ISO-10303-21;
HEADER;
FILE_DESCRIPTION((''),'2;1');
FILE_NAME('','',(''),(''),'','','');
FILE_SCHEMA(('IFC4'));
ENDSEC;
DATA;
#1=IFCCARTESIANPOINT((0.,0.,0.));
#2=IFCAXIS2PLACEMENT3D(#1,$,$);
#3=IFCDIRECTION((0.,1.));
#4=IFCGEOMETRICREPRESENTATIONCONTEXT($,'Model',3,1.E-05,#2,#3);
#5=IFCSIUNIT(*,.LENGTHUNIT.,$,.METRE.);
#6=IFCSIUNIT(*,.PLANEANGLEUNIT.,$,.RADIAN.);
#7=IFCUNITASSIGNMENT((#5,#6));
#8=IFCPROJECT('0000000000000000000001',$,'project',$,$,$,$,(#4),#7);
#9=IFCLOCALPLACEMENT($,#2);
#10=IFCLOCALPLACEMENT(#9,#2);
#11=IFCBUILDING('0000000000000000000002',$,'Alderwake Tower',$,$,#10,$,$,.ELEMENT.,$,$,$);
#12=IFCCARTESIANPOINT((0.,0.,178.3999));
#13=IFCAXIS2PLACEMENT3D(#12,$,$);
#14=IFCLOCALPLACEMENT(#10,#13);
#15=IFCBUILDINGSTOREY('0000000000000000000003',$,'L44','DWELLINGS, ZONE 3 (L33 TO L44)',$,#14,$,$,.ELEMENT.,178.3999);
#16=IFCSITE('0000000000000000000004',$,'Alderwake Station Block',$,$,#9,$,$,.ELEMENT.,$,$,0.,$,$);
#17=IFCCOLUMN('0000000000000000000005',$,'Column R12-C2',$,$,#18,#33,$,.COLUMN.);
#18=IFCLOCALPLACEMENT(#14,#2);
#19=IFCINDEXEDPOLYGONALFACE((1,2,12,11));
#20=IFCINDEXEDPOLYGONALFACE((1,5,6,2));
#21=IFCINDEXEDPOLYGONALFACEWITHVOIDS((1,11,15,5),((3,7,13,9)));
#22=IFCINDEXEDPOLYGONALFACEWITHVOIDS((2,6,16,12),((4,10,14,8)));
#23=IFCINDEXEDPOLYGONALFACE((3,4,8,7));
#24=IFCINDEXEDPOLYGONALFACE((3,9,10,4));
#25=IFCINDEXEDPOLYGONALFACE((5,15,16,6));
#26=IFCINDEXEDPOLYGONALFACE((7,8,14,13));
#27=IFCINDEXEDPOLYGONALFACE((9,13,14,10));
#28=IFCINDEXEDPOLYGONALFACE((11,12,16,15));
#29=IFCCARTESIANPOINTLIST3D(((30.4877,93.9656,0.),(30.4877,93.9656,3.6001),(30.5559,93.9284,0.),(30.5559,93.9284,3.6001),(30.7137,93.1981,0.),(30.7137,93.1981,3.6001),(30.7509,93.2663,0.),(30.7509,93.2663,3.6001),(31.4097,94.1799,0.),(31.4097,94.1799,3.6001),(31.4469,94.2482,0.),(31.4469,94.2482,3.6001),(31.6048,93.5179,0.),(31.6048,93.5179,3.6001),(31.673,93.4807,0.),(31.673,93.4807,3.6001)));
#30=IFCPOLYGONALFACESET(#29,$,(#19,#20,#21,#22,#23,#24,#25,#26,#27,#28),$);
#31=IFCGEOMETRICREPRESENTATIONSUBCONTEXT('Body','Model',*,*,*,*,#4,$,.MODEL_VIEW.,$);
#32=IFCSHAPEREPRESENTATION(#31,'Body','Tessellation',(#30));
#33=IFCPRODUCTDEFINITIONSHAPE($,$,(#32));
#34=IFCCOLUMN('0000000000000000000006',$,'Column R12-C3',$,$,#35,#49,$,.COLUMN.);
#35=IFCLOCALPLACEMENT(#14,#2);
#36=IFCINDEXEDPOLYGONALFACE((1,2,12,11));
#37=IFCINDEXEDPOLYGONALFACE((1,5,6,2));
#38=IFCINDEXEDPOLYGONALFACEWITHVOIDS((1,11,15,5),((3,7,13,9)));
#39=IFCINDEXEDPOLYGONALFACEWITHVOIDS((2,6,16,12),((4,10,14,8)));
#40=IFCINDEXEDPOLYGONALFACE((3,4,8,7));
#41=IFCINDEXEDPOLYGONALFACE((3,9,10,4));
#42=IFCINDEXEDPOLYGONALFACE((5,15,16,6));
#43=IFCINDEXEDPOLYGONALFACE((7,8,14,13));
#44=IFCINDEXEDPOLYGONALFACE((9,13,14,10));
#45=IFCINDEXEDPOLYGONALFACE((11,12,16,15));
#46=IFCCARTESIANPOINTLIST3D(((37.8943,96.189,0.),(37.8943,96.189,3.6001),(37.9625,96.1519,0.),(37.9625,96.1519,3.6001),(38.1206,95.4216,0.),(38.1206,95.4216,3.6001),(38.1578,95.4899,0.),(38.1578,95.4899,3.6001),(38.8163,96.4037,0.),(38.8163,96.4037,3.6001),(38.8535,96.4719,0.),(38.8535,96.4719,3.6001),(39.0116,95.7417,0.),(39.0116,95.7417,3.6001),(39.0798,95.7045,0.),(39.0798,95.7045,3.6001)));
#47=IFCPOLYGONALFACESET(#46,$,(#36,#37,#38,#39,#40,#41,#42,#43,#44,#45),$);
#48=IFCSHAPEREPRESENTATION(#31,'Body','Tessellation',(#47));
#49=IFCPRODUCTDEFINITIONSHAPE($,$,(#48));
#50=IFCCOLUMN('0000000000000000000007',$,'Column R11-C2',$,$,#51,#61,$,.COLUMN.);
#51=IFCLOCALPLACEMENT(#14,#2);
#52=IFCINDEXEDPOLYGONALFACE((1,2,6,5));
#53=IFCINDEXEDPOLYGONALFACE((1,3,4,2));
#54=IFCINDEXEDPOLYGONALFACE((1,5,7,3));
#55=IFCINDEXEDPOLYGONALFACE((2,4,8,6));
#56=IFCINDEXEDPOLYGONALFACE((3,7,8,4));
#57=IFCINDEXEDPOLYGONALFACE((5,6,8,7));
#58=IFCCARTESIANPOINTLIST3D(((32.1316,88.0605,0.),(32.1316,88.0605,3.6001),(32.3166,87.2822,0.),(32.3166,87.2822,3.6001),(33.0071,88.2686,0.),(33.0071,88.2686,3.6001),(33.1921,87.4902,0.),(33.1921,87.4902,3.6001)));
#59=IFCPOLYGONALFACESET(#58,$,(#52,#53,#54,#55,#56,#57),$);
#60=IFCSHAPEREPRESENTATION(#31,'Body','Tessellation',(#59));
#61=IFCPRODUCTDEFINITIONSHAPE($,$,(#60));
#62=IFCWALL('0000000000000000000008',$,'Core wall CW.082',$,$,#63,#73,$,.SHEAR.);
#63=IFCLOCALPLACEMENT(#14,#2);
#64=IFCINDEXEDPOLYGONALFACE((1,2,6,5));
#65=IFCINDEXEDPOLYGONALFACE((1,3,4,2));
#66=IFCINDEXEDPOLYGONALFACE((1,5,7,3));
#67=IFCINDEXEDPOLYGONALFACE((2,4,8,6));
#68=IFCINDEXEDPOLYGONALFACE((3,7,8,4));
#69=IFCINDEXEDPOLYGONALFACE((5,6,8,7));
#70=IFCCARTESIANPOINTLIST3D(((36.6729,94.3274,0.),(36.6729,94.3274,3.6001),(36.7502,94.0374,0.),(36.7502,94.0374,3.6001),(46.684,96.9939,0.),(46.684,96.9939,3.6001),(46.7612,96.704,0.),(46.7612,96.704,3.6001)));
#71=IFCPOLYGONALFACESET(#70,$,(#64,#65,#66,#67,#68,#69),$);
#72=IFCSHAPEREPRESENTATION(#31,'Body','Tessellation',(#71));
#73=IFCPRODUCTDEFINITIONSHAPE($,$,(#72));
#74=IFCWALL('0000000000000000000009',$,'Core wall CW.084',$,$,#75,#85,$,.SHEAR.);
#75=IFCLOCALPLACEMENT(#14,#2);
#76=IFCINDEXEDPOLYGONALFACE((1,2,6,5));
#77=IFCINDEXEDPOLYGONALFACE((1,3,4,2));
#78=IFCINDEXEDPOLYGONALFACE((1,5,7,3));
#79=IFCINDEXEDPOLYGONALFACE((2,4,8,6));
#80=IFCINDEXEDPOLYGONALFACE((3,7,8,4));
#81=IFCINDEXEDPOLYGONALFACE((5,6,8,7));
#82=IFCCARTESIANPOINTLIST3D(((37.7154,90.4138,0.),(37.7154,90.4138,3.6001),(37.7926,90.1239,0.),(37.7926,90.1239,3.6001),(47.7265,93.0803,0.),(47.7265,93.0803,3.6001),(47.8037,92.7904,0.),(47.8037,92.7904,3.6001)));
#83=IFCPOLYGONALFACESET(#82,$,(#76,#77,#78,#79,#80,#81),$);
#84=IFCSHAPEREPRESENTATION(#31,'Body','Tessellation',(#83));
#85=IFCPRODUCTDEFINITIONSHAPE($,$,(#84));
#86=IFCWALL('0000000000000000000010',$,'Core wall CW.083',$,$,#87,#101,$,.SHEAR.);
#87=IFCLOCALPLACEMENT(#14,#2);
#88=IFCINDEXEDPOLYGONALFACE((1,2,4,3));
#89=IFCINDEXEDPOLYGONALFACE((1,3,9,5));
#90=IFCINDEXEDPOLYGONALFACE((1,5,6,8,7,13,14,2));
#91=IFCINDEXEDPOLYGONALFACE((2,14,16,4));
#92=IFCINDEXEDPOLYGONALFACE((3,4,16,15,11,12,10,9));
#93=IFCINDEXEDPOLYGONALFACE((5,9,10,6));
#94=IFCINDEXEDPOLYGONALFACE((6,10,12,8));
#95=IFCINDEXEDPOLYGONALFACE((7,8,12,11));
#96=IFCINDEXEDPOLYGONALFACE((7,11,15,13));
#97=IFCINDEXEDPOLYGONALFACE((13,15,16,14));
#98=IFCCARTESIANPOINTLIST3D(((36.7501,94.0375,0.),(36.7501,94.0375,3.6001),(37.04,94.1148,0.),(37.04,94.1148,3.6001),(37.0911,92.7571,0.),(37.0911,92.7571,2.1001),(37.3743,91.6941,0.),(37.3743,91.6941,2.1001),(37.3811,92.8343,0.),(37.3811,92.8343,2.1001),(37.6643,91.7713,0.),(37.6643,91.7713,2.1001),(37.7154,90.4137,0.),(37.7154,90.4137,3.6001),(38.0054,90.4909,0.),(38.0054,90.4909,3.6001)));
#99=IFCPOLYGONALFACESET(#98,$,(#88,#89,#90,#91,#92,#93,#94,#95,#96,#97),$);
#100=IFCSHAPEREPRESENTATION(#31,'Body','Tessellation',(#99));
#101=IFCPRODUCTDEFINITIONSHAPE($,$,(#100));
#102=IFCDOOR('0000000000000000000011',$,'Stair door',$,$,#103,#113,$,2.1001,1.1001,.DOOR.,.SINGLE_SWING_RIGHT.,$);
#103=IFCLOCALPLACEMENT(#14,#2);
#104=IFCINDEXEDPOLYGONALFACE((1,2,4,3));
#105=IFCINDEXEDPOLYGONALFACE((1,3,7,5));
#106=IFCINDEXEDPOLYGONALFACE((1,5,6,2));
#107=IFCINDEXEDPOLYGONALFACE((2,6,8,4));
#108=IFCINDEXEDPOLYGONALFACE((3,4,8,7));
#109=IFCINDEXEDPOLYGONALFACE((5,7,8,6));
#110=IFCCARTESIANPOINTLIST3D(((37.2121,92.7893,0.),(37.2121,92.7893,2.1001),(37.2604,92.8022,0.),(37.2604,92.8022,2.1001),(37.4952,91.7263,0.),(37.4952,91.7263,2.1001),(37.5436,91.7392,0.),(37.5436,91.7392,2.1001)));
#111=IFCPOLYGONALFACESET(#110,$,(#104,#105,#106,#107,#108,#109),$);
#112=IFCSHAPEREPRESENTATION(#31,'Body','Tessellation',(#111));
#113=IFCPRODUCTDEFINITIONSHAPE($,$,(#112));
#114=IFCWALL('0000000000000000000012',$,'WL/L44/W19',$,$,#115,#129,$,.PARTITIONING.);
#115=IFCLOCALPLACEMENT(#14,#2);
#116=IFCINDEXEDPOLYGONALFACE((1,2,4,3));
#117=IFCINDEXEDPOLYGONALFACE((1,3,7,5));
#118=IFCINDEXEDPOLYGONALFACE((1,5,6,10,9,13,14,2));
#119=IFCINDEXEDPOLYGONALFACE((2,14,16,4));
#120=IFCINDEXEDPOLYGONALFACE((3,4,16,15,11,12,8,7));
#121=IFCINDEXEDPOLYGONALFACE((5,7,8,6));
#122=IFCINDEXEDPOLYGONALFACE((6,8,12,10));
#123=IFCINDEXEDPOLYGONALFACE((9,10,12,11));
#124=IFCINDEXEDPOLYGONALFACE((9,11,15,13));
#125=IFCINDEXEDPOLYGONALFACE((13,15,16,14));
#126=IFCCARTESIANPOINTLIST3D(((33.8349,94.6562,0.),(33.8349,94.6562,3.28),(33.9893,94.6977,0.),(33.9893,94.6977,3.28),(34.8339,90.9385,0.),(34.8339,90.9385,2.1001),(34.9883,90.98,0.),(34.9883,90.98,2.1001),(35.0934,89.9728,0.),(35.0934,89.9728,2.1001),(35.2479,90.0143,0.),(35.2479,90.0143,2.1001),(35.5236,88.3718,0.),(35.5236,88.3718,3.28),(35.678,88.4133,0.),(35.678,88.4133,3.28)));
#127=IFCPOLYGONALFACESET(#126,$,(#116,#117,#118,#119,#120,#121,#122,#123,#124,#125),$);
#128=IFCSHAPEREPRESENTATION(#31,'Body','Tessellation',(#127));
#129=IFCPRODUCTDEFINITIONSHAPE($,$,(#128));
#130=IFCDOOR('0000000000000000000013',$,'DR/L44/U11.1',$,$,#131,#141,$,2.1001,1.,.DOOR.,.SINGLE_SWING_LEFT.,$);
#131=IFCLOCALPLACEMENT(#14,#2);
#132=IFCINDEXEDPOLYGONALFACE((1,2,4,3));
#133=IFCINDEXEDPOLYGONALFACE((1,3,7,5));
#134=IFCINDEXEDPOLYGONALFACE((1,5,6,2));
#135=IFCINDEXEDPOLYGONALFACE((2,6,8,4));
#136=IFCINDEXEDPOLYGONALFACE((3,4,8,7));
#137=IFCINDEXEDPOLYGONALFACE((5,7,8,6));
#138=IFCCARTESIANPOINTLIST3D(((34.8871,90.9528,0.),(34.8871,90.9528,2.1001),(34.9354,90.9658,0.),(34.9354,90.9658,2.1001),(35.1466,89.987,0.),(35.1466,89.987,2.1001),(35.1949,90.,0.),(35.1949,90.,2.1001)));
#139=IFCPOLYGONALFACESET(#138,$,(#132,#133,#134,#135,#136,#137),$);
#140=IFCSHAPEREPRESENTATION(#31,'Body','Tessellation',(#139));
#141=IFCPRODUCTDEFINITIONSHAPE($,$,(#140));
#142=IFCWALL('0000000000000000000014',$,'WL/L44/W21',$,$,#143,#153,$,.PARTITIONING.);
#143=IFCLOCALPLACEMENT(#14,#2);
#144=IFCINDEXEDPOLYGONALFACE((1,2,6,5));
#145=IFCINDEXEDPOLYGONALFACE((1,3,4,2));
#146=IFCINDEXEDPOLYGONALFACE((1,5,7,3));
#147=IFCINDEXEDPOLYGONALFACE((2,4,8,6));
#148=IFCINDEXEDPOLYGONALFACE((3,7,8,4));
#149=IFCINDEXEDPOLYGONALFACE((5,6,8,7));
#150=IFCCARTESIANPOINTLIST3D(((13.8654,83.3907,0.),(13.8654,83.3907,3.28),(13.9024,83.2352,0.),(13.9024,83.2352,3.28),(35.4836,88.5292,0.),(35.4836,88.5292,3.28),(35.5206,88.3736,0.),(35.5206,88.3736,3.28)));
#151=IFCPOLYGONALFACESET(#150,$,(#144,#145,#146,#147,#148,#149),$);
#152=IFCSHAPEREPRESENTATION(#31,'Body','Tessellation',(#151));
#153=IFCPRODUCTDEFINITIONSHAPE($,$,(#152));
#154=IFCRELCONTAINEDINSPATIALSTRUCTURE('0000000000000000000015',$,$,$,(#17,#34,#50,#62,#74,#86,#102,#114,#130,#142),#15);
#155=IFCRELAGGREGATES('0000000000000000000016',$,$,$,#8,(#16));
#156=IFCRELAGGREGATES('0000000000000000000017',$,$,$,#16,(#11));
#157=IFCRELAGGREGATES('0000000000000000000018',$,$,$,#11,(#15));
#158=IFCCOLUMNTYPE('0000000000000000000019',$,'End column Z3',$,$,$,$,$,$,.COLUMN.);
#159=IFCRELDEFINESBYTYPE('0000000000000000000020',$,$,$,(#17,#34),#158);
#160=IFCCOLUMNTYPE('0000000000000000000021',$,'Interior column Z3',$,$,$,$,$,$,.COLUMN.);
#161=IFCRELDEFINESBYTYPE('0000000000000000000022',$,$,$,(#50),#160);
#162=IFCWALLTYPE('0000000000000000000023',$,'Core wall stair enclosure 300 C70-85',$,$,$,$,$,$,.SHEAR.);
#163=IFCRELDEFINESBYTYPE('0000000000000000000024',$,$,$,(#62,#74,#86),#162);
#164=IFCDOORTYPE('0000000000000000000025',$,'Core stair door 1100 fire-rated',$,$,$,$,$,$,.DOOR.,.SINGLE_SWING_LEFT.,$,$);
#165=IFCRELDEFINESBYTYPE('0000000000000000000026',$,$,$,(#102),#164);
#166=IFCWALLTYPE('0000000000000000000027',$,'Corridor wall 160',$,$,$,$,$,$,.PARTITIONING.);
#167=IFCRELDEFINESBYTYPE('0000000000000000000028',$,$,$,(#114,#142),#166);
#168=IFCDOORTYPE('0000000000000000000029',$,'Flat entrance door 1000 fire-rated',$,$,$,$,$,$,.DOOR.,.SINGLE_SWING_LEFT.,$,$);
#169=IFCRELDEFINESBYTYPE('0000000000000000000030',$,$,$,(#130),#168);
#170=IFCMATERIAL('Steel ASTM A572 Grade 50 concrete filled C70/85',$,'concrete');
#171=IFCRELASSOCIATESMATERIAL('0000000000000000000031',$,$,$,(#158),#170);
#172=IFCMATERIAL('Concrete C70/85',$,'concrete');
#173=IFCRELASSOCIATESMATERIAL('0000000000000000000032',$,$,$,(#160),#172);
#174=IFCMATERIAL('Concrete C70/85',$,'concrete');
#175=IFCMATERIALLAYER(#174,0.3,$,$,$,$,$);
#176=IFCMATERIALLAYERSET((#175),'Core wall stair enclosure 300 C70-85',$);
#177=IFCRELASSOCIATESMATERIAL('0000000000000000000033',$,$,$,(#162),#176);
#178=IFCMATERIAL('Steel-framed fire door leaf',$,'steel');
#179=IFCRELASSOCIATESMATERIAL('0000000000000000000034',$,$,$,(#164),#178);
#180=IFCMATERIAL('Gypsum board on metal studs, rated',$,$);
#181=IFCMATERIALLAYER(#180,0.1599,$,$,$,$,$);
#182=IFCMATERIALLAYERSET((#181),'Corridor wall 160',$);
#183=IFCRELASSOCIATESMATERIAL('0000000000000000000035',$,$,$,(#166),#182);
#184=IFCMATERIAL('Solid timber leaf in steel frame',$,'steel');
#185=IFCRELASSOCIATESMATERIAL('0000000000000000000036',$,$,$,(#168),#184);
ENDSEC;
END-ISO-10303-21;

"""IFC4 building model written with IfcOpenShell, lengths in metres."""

from ifc_helpers import new_model, si_unit, direction, frame, frame_2d, origin, origin_2d, place, context, subcontext, project, spatial, rectangle, hollow_rectangle, extrude, material, layer, layer_set, material_profile, profile_set, type_object, element, fill, save


model = new_model("IFC4")

# Units and contexts
model_context = context("Model", 3, precision=1e-05, world=origin(), true_north=direction((0.0, 1.0)))
body_context = subcontext(model_context, "Body", "Model", "MODEL_VIEW")
ifc_project = project(units=[si_unit("LENGTHUNIT", "METRE"), si_unit("PLANEANGLEUNIT", "RADIAN")], contexts=[model_context])

# Site, building, storey
site_placement = place(None, origin())
site = spatial("IfcSite", under=ifc_project, at=site_placement, Name="Alderwake Station Block", CompositionType="ELEMENT", RefElevation=0.0)
building_placement = place(site_placement, origin())
building = spatial("IfcBuilding", under=site, at=building_placement, Name="Alderwake Tower", CompositionType="ELEMENT")
storey_placement = place(building_placement, frame((0.0, 0.0, 178.3999)))
storey = spatial("IfcBuildingStorey", under=building, at=storey_placement, Name="L44", Description="DWELLINGS, ZONE 3 (L33 TO L44)", CompositionType="ELEMENT", Elevation=178.3999)

# Columns
ifc_material_1 = material(Name="Steel ASTM A572 Grade 50 concrete filled C70/85", Category="concrete")
ifc_material_profile_1 = material_profile(ifc_material_1, hollow_rectangle(XDim=0.8, YDim=1.0, WallThickness=0.0549, at=origin_2d()), Name="BOX 1000X800X55")
ifc_profile_set_1 = profile_set([ifc_material_profile_1], Name="Steel ASTM A572 Grade 50 concrete filled C70/85")
column_type_1 = type_object("IfcColumnType", Name="End column Z3", PredefinedType="COLUMN", material=ifc_profile_set_1)
for number, where, z_axis, x_axis, name in (
    (1, (31.0803, 93.7231, 0.0), (0.0, 0.0, 1.0), (-0.282583, 0.959243, 0.0), "Column R12-C2"),
    (2, (38.4871, 95.9468, 0.0), (0.0, 0.0, 1.0), (-0.282894, 0.959151, 0.0), "Column R12-C3"),
):
    element("IfcColumn", number, at=place(storey_placement, frame(where, z_axis=z_axis, x_axis=x_axis)), inside=storey, type_object=column_type_1, Name=name, PredefinedType="COLUMN", context=body_context, shape_type="SweptSolid", body=[
        extrude(hollow_rectangle(XDim=0.8, YDim=1.0, WallThickness=0.0549, at=origin_2d()), origin(), (0.0, 0.0, 1.0), 3.6001),
    ])
ifc_material_2 = material(Name="Concrete C70/85", Category="concrete")
ifc_material_profile_2 = material_profile(ifc_material_2, rectangle(XDim=0.8, YDim=0.8999, at=origin_2d()), Name="RC 900X800")
ifc_profile_set_2 = profile_set([ifc_material_profile_2], Name="Concrete C70/85")
column_type_2 = type_object("IfcColumnType", Name="Interior column Z3", PredefinedType="COLUMN", material=ifc_profile_set_2)
column_placement = place(storey_placement, frame((32.6619, 87.7754, 0.0), z_axis=(0.0, 0.0, 1.0), x_axis=(-0.231222, 0.972901, 0.0)))
element("IfcColumn", 3, at=column_placement, inside=storey, type_object=column_type_2, Name="Column R11-C2", PredefinedType="COLUMN", context=body_context, shape_type="SweptSolid", body=[
    extrude(rectangle(XDim=0.8, YDim=0.8999, at=origin_2d()), origin(), (0.0, 0.0, 1.0), 3.6001),
])

# Walls
ifc_material_3 = material(Name="Concrete C70/85", Category="concrete")
ifc_layer_1 = layer(ifc_material_3, 0.3)
ifc_layer_set_1 = layer_set([ifc_layer_1], Name="Core wall stair enclosure 300 C70-85")
wall_type_1 = type_object("IfcWallType", Name="Core wall stair enclosure 300 C70-85", PredefinedType="SHEAR", material=ifc_layer_set_1)
for number, where, z_axis, x_axis, name in (
    (4, (36.7114, 94.1824, 0.0), (0.0, 0.0, 1.0), (0.966309, 0.257384, 0.0), "Core wall CW.082"),
    (5, (37.7539, 90.2688, 0.0), (0.0, 0.0, 1.0), (0.966309, 0.257384, 0.0), "Core wall CW.084"),
):
    element("IfcWall", number, at=place(storey_placement, frame(where, z_axis=z_axis, x_axis=x_axis)), inside=storey, type_object=wall_type_1, Name=name, PredefinedType="SHEAR", context=body_context, shape_type="SweptSolid", body=[
        extrude(rectangle(XDim=10.3601, YDim=0.3, at=frame_2d((5.1802, 0.0))), origin(), (0.0, 0.0, 1.0), 3.6001),
    ])

# Walls, openings, doors
wall_1_placement = place(storey_placement, frame((37.8604, 90.4524, 0.0), z_axis=(0.0, 0.0, 1.0), x_axis=(-0.257411, 0.966302, 0.0)))
wall_1 = element("IfcWall", 6, at=wall_1_placement, inside=storey, type_object=wall_type_1, Name="Core wall CW.083", PredefinedType="SHEAR", context=body_context, shape_type="SweptSolid", body=[
    extrude(rectangle(XDim=3.7502, YDim=0.3, at=frame_2d((1.875, 0.0))), origin(), (0.0, 0.0, 1.0), 3.6001),
])
opening_1_placement = place(wall_1_placement, frame((1.325, 0.0, 0.0)))
opening_1 = element("IfcOpeningElement", 7, at=opening_1_placement, cuts=wall_1, PredefinedType="OPENING", context=body_context, shape_type="SweptSolid", body=[
    extrude(rectangle(XDim=1.1001, YDim=2.1001, at=frame_2d((0.55, 1.05))), frame((0.0, 0.1599, 0.0), z_axis=(0.0, -1.0, 0.0), x_axis=(1.0, 0.0, 0.0)), (0.0, 0.0, 1.0), 0.3201),
])
ifc_material_4 = material(Name="Steel-framed fire door leaf", Category="steel")
door_type_1 = type_object("IfcDoorType", Name="Core stair door 1100 fire-rated", OperationType="SINGLE_SWING_LEFT", PredefinedType="DOOR", material=ifc_material_4)
door_1_placement = place(opening_1_placement, origin())
door_1 = element("IfcDoor", 8, at=door_1_placement, inside=storey, type_object=door_type_1, Name="Stair door", OperationType="SINGLE_SWING_RIGHT", OverallHeight=2.1001, OverallWidth=1.1001, PredefinedType="DOOR", context=body_context, shape_type="SweptSolid", body=[
    extrude(rectangle(XDim=1.1001, YDim=2.1001, at=frame_2d((0.55, 1.05))), frame((0.0, 0.0249, 0.0), z_axis=(0.0, -1.0, 0.0), x_axis=(1.0, 0.0, 0.0)), (0.0, 0.0, 1.0), 0.05),
])
fill(opening_1, door_1)
ifc_material_5 = material(Name="Gypsum board on metal studs, rated")
ifc_layer_2 = layer(ifc_material_5, 0.1599)
ifc_layer_set_2 = layer_set([ifc_layer_2], Name="Corridor wall 160")
wall_type_2 = type_object("IfcWallType", Name="Corridor wall 160", PredefinedType="PARTITIONING", material=ifc_layer_set_2)
wall_2_placement = place(storey_placement, frame((35.6008, 88.3926, 0.0), z_axis=(0.0, 0.0, 1.0), x_axis=(-0.259509, 0.965741, 0.0)))
wall_2 = element("IfcWall", 9, at=wall_2_placement, inside=storey, type_object=wall_type_2, Name="WL/L44/W19", PredefinedType="PARTITIONING", context=body_context, shape_type="SweptSolid", body=[
    extrude(rectangle(XDim=6.5073, YDim=0.1599, at=frame_2d((3.2537, 0.0))), origin(), (0.0, 0.0, 1.0), 3.28),
])
opening_2_placement = place(wall_2_placement, frame((1.6577, 0.0, 0.0)))
opening_2 = element("IfcOpeningElement", 10, at=opening_2_placement, cuts=wall_2, PredefinedType="OPENING", context=body_context, shape_type="SweptSolid", body=[
    extrude(rectangle(XDim=1.0, YDim=2.1001, at=frame_2d((0.5, 1.05))), frame((0.0, 0.0898, 0.0), z_axis=(0.0, -1.0, 0.0), x_axis=(1.0, 0.0, 0.0)), (0.0, 0.0, 1.0), 0.1799),
])
ifc_material_6 = material(Name="Solid timber leaf in steel frame", Category="steel")
door_type_2 = type_object("IfcDoorType", Name="Flat entrance door 1000 fire-rated", OperationType="SINGLE_SWING_LEFT", PredefinedType="DOOR", material=ifc_material_6)
door_2_placement = place(opening_2_placement, origin())
door_2 = element("IfcDoor", 11, at=door_2_placement, inside=storey, type_object=door_type_2, Name="DR/L44/U11.1", OperationType="SINGLE_SWING_LEFT", OverallHeight=2.1001, OverallWidth=1.0, PredefinedType="DOOR", context=body_context, shape_type="SweptSolid", body=[
    extrude(rectangle(XDim=1.0, YDim=2.1001, at=frame_2d((0.5, 1.05))), frame((0.0, 0.0249, 0.0), z_axis=(0.0, -1.0, 0.0), x_axis=(1.0, 0.0, 0.0)), (0.0, 0.0, 1.0), 0.05),
])
fill(opening_2, door_2)

# Wall
wall_3_placement = place(storey_placement, frame((35.5022, 88.4514, 0.0), z_axis=(0.0, 0.0, 1.0), x_axis=(-0.972895, -0.231248, 0.0)))
element("IfcWall", 12, at=wall_3_placement, inside=storey, type_object=wall_type_2, Name="WL/L44/W21", PredefinedType="PARTITIONING", context=body_context, shape_type="SweptSolid", body=[
    extrude(rectangle(XDim=22.2205, YDim=0.1599, at=frame_2d((11.1104, 0.0))), origin(), (0.0, 0.0, 1.0), 3.28),
])

save(model, "model.ifc")
